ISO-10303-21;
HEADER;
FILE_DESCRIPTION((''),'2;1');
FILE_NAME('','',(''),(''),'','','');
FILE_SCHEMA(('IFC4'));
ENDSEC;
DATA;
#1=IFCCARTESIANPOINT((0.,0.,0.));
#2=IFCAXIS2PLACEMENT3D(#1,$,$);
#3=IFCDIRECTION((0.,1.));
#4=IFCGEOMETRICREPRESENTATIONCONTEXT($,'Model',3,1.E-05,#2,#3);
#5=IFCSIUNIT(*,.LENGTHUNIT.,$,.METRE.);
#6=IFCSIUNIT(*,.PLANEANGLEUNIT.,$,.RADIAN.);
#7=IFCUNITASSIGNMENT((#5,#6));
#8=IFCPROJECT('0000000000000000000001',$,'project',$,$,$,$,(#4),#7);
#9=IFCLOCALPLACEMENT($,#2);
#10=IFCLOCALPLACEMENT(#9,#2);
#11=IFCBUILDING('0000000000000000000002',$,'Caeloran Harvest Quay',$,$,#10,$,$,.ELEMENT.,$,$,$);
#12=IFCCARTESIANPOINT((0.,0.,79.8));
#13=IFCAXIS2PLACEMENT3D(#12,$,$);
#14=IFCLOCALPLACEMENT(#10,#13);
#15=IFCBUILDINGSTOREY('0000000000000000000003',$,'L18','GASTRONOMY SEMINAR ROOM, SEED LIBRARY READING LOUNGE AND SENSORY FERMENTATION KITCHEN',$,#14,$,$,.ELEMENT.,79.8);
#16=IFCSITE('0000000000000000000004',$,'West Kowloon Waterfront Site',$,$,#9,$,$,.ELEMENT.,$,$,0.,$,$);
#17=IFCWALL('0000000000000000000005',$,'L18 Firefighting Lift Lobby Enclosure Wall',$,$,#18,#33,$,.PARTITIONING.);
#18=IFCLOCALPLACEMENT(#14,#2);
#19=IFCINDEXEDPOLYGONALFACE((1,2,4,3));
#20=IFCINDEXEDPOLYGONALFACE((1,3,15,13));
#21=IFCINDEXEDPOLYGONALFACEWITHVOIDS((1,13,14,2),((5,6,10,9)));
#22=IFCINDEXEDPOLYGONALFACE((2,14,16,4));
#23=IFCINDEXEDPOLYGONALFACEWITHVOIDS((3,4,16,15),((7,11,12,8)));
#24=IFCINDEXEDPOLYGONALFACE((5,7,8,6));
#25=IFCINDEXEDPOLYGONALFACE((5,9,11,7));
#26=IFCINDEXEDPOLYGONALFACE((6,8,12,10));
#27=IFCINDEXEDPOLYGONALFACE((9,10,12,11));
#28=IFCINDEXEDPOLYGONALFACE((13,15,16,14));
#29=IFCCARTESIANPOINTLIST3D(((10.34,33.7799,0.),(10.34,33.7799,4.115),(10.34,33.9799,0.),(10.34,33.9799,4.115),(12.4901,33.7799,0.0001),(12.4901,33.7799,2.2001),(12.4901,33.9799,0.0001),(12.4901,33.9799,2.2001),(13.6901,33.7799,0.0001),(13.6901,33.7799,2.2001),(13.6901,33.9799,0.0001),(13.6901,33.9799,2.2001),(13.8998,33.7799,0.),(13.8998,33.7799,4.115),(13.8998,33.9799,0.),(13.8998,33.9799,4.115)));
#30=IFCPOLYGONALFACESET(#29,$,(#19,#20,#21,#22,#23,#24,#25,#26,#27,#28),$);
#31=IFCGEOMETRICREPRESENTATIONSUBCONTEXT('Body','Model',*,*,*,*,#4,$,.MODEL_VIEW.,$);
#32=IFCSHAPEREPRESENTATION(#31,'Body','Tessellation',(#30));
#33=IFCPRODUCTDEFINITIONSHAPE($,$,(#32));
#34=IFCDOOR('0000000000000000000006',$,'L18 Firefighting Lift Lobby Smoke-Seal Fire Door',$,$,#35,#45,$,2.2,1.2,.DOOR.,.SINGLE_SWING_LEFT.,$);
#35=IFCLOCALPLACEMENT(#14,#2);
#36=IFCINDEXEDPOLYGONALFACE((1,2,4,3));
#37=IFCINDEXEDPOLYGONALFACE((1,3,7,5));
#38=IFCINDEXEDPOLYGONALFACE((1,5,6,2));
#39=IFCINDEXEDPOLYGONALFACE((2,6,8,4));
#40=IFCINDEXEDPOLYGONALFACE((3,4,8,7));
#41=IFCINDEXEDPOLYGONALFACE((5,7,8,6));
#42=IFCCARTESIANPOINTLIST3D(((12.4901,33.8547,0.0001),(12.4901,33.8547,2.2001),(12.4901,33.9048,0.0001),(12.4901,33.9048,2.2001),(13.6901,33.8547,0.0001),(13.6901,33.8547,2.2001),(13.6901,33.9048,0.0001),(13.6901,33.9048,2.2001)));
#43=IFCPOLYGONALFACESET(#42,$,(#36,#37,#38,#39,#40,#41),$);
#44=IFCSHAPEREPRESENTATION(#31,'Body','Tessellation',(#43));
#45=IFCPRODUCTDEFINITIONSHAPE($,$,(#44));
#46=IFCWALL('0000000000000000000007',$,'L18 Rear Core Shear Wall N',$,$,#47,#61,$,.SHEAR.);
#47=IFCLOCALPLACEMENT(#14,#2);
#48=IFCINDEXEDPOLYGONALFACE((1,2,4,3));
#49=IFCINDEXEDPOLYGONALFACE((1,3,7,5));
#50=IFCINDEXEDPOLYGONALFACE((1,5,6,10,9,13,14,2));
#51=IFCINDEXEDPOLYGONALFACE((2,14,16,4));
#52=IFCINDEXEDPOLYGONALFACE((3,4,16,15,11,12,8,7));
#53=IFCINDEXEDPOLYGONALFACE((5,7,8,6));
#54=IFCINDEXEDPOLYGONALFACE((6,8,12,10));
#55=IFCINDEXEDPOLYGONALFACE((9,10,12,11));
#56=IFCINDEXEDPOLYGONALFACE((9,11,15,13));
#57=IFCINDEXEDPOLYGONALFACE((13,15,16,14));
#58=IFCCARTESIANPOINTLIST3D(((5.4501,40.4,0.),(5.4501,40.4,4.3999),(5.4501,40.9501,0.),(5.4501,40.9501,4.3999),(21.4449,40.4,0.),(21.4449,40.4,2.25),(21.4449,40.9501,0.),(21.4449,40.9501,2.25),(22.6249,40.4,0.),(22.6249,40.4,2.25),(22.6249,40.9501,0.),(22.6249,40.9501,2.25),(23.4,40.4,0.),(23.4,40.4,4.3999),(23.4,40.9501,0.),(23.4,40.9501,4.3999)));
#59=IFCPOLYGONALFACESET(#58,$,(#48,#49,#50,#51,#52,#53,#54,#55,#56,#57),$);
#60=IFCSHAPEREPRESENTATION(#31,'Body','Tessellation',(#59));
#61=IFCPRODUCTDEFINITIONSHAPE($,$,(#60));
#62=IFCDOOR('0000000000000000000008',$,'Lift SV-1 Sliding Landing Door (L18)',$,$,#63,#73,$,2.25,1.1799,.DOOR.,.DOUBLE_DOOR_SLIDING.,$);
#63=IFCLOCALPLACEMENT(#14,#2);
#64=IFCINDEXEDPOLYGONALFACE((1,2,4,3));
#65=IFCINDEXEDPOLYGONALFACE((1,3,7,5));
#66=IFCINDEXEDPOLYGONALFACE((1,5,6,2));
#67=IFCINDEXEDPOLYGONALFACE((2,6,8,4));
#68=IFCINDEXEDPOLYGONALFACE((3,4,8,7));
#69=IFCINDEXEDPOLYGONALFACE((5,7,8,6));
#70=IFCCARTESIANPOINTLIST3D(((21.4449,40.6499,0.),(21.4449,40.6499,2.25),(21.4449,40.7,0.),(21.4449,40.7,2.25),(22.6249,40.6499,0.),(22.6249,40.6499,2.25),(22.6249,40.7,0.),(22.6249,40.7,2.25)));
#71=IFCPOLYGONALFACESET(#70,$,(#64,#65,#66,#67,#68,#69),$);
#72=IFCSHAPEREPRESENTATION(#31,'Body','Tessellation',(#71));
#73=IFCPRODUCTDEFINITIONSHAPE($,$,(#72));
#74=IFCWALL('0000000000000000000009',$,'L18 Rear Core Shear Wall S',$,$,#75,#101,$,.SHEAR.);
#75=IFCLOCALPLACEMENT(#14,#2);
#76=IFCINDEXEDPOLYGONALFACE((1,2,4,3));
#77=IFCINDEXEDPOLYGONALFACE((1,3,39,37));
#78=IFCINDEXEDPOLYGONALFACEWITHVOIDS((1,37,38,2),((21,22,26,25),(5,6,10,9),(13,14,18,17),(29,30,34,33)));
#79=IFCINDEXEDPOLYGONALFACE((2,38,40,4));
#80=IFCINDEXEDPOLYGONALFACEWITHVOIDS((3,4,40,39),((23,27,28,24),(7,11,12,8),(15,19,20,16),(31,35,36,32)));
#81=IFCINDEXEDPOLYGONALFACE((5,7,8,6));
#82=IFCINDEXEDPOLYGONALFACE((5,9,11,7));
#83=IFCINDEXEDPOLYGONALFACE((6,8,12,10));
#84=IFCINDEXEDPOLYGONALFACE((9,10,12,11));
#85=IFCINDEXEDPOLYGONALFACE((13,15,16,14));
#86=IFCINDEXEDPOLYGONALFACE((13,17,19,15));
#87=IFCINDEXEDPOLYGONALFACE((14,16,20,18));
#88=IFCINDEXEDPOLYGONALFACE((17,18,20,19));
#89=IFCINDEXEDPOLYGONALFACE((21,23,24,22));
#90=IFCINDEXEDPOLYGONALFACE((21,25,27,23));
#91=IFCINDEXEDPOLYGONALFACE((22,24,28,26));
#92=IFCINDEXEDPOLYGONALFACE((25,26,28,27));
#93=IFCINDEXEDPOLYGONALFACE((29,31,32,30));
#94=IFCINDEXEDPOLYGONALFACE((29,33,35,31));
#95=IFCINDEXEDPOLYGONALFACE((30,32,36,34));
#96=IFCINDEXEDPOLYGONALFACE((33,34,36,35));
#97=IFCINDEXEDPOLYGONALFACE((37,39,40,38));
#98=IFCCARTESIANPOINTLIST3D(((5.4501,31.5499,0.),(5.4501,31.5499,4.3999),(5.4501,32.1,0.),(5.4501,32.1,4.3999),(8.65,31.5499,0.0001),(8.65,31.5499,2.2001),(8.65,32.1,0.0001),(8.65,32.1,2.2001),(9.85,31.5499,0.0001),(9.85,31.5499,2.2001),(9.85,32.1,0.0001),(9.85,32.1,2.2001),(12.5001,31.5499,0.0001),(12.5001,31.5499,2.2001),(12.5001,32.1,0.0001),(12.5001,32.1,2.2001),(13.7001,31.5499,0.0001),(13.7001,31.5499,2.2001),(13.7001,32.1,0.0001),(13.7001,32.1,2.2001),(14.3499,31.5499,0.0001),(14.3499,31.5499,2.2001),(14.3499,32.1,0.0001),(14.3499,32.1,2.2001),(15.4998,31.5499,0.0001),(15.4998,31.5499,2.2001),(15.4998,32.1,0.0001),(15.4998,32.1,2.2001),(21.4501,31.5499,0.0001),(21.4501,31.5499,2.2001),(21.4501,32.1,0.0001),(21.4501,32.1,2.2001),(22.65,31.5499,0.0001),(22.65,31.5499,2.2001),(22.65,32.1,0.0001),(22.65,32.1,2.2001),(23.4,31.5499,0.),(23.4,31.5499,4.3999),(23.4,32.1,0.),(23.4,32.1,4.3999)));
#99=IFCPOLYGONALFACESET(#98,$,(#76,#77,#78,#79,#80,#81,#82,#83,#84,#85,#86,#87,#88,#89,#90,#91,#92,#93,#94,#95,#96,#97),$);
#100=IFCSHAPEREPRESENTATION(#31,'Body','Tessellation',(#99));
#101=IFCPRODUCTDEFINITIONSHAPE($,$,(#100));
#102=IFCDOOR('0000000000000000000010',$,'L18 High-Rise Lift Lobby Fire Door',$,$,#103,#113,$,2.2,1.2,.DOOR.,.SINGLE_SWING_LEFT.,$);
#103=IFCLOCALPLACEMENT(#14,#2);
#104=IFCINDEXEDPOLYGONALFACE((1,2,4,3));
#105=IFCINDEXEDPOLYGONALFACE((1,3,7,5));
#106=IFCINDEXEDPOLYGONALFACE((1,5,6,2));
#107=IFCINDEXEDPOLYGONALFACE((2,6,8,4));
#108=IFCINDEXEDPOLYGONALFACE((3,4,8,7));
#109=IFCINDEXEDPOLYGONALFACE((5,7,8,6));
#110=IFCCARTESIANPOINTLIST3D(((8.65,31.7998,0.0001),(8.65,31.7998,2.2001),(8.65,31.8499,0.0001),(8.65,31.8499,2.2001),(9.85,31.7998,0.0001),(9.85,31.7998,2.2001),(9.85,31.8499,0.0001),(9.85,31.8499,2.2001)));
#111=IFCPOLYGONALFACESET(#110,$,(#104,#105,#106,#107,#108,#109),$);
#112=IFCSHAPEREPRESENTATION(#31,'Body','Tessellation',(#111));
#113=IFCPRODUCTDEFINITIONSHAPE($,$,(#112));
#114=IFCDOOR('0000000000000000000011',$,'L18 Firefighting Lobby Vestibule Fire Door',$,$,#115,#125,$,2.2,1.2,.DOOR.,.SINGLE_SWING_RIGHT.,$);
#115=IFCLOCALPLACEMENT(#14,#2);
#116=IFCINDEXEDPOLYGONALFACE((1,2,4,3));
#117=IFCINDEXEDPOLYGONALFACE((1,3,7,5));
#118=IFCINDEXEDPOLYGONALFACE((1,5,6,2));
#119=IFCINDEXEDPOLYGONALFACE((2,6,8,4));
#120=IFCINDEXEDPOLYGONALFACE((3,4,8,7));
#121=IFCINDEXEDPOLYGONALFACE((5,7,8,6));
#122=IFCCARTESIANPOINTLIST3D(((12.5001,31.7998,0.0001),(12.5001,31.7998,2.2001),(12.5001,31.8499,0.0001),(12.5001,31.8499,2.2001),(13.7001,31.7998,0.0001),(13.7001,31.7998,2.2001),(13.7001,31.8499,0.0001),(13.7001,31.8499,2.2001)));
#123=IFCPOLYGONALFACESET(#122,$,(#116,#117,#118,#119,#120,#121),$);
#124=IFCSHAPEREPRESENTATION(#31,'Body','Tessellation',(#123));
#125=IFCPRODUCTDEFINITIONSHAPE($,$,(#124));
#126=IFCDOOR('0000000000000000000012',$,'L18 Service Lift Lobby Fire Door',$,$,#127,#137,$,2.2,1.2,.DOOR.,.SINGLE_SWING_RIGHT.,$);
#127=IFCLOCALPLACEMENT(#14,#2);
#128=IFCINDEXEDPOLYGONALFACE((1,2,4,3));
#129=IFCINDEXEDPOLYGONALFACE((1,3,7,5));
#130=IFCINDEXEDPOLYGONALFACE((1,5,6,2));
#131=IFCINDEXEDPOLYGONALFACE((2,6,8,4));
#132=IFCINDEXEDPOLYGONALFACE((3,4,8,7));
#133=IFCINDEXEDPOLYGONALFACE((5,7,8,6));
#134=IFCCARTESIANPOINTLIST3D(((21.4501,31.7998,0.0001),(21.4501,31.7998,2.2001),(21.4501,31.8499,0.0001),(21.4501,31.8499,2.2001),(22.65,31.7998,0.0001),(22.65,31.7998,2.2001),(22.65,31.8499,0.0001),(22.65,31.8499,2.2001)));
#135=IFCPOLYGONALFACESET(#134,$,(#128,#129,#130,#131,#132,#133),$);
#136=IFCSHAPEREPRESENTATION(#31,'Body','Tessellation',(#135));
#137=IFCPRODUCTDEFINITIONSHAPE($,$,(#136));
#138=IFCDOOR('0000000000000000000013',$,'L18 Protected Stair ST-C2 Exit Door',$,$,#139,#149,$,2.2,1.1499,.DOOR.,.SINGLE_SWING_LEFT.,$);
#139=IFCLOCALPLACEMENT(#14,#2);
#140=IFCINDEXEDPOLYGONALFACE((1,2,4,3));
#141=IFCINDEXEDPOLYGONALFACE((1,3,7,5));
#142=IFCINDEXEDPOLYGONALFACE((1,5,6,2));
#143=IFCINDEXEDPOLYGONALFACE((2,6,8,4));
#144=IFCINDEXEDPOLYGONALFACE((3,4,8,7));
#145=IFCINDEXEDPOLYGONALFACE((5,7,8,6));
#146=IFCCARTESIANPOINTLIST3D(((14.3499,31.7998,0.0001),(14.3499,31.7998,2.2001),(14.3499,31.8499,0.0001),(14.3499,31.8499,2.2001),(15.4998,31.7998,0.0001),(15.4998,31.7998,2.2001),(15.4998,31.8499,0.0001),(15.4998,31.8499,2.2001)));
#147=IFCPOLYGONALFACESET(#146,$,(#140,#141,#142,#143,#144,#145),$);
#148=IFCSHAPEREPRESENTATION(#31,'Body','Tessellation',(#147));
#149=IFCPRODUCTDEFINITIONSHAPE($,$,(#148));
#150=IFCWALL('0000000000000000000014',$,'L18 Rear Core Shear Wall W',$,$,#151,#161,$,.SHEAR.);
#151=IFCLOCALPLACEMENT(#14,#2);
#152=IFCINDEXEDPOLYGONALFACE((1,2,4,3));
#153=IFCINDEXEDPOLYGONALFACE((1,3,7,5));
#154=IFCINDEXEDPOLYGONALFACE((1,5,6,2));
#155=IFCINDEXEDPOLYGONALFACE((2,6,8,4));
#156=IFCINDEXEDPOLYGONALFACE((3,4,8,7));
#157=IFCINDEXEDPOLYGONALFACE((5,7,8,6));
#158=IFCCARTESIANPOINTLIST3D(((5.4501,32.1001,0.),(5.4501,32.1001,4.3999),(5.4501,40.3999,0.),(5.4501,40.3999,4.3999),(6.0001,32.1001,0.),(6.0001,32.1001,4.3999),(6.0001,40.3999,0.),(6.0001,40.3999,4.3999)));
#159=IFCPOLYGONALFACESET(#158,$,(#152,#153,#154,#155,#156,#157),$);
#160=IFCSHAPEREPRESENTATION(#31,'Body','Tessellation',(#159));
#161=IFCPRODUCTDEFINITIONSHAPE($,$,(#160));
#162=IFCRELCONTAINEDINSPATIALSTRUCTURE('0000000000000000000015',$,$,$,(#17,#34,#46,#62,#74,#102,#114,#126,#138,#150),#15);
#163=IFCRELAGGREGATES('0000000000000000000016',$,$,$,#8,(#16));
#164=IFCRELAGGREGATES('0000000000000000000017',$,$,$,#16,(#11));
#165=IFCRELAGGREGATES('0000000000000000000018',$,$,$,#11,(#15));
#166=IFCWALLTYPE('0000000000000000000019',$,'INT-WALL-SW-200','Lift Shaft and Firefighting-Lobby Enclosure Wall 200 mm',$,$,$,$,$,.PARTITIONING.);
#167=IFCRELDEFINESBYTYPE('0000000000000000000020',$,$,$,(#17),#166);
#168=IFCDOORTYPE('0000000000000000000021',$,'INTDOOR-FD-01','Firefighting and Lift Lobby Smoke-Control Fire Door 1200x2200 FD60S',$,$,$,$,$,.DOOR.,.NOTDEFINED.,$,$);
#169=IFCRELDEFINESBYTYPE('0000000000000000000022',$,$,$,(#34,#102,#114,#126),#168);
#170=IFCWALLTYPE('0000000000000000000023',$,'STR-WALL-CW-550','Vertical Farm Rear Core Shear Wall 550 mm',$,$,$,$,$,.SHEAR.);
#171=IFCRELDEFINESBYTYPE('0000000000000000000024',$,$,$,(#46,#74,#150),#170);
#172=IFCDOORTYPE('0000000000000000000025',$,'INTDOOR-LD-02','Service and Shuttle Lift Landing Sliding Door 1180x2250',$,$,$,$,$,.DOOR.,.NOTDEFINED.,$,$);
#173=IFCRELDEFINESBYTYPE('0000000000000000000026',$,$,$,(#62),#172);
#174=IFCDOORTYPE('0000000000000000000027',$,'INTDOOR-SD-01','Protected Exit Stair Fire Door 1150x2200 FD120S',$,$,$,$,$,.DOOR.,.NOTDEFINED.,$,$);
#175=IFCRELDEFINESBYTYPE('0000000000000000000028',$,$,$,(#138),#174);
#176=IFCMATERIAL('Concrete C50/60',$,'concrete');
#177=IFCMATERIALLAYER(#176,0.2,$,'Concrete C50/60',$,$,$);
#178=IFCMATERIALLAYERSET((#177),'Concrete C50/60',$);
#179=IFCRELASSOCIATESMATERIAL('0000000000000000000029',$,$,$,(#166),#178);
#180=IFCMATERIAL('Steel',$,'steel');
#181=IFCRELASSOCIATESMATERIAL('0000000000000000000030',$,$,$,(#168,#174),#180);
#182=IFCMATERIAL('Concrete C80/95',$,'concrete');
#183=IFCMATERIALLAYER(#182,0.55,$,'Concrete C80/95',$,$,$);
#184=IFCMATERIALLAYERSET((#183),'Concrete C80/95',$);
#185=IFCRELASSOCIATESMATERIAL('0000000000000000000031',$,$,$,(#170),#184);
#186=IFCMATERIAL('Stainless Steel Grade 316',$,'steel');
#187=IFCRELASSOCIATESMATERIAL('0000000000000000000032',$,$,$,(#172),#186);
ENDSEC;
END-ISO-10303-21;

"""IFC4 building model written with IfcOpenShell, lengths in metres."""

from ifc_helpers import new_model, si_unit, direction, frame, frame_2d, origin, place, context, subcontext, project, spatial, rectangle, extrude, material, layer, layer_set, type_object, element, fill, save


model = new_model("IFC4")

# Units and contexts
model_context = context("Model", 3, precision=1e-05, world=origin(), true_north=direction((0.0, 1.0)))
body_context = subcontext(model_context, "Body", "Model", "MODEL_VIEW")
ifc_project = project(units=[si_unit("LENGTHUNIT", "METRE"), si_unit("PLANEANGLEUNIT", "RADIAN")], contexts=[model_context])

# Site, building, storey
site_placement = place(None, origin())
site = spatial("IfcSite", under=ifc_project, at=site_placement, Name="West Kowloon Waterfront Site", CompositionType="ELEMENT", RefElevation=0.0)
building_placement = place(site_placement, origin())
building = spatial("IfcBuilding", under=site, at=building_placement, Name="Caeloran Harvest Quay", CompositionType="ELEMENT")
storey_placement = place(building_placement, frame((0.0, 0.0, 79.8)))
storey = spatial("IfcBuildingStorey", under=building, at=storey_placement, Name="L18", Description="GASTRONOMY SEMINAR ROOM, SEED LIBRARY READING LOUNGE AND SENSORY FERMENTATION KITCHEN", CompositionType="ELEMENT", Elevation=79.8)

# Shared definitions
ifc_material_1 = material(Name="Concrete C80/95", Category="concrete")

# Shared definitions
ifc_material_2 = material(Name="Concrete C50/60", Category="concrete")
ifc_layer_1 = layer(ifc_material_2, 0.2, Name="Concrete C50/60")
ifc_layer_set_1 = layer_set([ifc_layer_1], Name="Concrete C50/60")
wall_type_1 = type_object("IfcWallType", Name="INT-WALL-SW-200", Description="Lift Shaft and Firefighting-Lobby Enclosure Wall 200 mm", PredefinedType="PARTITIONING", material=ifc_layer_set_1)

# Shared definitions
ifc_material_3 = material(Name="Stainless Steel Grade 316", Category="steel")

# Walls, openings, doors
wall_1_placement = place(storey_placement, frame((10.3401, 33.8799, 0.0), z_axis=(0.0, 0.0, 1.0), x_axis=(1.0, 0.0, 0.0)))
wall_1 = element("IfcWall", 1, at=wall_1_placement, inside=storey, type_object=wall_type_1, Name="L18 Firefighting Lift Lobby Enclosure Wall", PredefinedType="PARTITIONING", context=body_context, shape_type="SweptSolid", body=[
    extrude(rectangle(XDim=3.5598, YDim=0.2, at=frame_2d((1.7798, 0.0))), origin(), (0.0, 0.0, 1.0), 4.115),
])
opening_1_placement = place(wall_1_placement, frame((2.1499, 0.0, 0.0)))
opening_1 = element("IfcOpeningElement", 2, at=opening_1_placement, cuts=wall_1, PredefinedType="OPENING", context=body_context, shape_type="SweptSolid", body=[
    extrude(rectangle(XDim=1.2, YDim=2.2, at=frame_2d((0.6001, 1.1001))), frame((0.0, 0.1099, 0.0), z_axis=(0.0, -1.0, 0.0), x_axis=(1.0, 0.0, 0.0)), (0.0, 0.0, 1.0), 0.22),
])
ifc_material_4 = material(Name="Steel", Category="steel")
door_type_1 = type_object("IfcDoorType", Name="INTDOOR-FD-01", Description="Firefighting and Lift Lobby Smoke-Control Fire Door 1200x2200 FD60S", OperationType="NOTDEFINED", PredefinedType="DOOR", material=ifc_material_4)
door_1_placement = place(opening_1_placement, origin())
door_1 = element("IfcDoor", 3, at=door_1_placement, inside=storey, type_object=door_type_1, Name="L18 Firefighting Lift Lobby Smoke-Seal Fire Door", OperationType="SINGLE_SWING_LEFT", OverallHeight=2.2, OverallWidth=1.2, PredefinedType="DOOR", context=body_context, shape_type="SweptSolid", body=[
    extrude(rectangle(XDim=1.2, YDim=2.2, at=frame_2d((0.6001, 1.1001))), frame((0.0, 0.0249, 0.0), z_axis=(0.0, -1.0, 0.0), x_axis=(1.0, 0.0, 0.0)), (0.0, 0.0, 1.0), 0.05),
])
fill(opening_1, door_1)
ifc_layer_2 = layer(ifc_material_1, 0.55, Name="Concrete C80/95")
ifc_layer_set_2 = layer_set([ifc_layer_2], Name="Concrete C80/95")
wall_type_2 = type_object("IfcWallType", Name="STR-WALL-CW-550", Description="Vertical Farm Rear Core Shear Wall 550 mm", PredefinedType="SHEAR", material=ifc_layer_set_2)
wall_2_placement = place(storey_placement, frame((5.45, 40.675, 0.0), z_axis=(0.0, 0.0, 1.0), x_axis=(1.0, 0.0, 0.0)))
wall_2 = element("IfcWall", 4, at=wall_2_placement, inside=storey, type_object=wall_type_2, Name="L18 Rear Core Shear Wall N", PredefinedType="SHEAR", context=body_context, shape_type="SweptSolid", body=[
    extrude(rectangle(XDim=17.95, YDim=0.55, at=frame_2d((8.9751, 0.0))), origin(), (0.0, 0.0, 1.0), 4.3999),
])
opening_2_placement = place(wall_2_placement, frame((15.9951, 0.0, 0.0)))
opening_2 = element("IfcOpeningElement", 5, at=opening_2_placement, cuts=wall_2, PredefinedType="OPENING", context=body_context, shape_type="SweptSolid", body=[
    extrude(rectangle(XDim=1.1799, YDim=2.25, at=frame_2d((0.5898, 1.125))), frame((0.0, 0.2852, 0.0), z_axis=(0.0, -1.0, 0.0), x_axis=(1.0, 0.0, 0.0)), (0.0, 0.0, 1.0), 0.5701),
])
door_type_2 = type_object("IfcDoorType", Name="INTDOOR-LD-02", Description="Service and Shuttle Lift Landing Sliding Door 1180x2250", OperationType="NOTDEFINED", PredefinedType="DOOR", material=ifc_material_3)
door_2_placement = place(opening_2_placement, origin())
door_2 = element("IfcDoor", 6, at=door_2_placement, inside=storey, type_object=door_type_2, Name="Lift SV-1 Sliding Landing Door (L18)", OperationType="DOUBLE_DOOR_SLIDING", OverallHeight=2.25, OverallWidth=1.1799, PredefinedType="DOOR", context=body_context, shape_type="SweptSolid", body=[
    extrude(rectangle(XDim=1.1799, YDim=2.25, at=frame_2d((0.5898, 1.125))), frame((0.0, 0.0249, 0.0), z_axis=(0.0, -1.0, 0.0), x_axis=(1.0, 0.0, 0.0)), (0.0, 0.0, 1.0), 0.05),
])
fill(opening_2, door_2)

# Wall, openings, doors
wall_3_placement = place(storey_placement, frame((5.45, 31.825, 0.0), z_axis=(0.0, 0.0, 1.0), x_axis=(1.0, 0.0, 0.0)))
wall_3 = element("IfcWall", 7, at=wall_3_placement, inside=storey, type_object=wall_type_2, Name="L18 Rear Core Shear Wall S", PredefinedType="SHEAR", context=body_context, shape_type="SweptSolid", body=[
    extrude(rectangle(XDim=17.95, YDim=0.55, at=frame_2d((8.9751, 0.0))), origin(), (0.0, 0.0, 1.0), 4.3999),
])
opening_3_placement = place(wall_3_placement, frame((3.2, 0.0, 0.0)))
opening_3 = element("IfcOpeningElement", 8, at=opening_3_placement, cuts=wall_3, PredefinedType="OPENING", context=body_context, shape_type="SweptSolid", body=[
    extrude(rectangle(XDim=1.2, YDim=2.2, at=frame_2d((0.6001, 1.1001))), frame((0.0, 0.2852, 0.0), z_axis=(0.0, -1.0, 0.0), x_axis=(1.0, 0.0, 0.0)), (0.0, 0.0, 1.0), 0.5701),
])
opening_4_placement = place(wall_3_placement, frame((7.05, 0.0, 0.0)))
opening_4 = element("IfcOpeningElement", 9, at=opening_4_placement, cuts=wall_3, PredefinedType="OPENING", context=body_context, shape_type="SweptSolid", body=[
    extrude(rectangle(XDim=1.2, YDim=2.2, at=frame_2d((0.6001, 1.1001))), frame((0.0, 0.2852, 0.0), z_axis=(0.0, -1.0, 0.0), x_axis=(1.0, 0.0, 0.0)), (0.0, 0.0, 1.0), 0.5701),
])
opening_5_placement = place(wall_3_placement, frame((8.8999, 0.0, 0.0)))
opening_5 = element("IfcOpeningElement", 10, at=opening_5_placement, cuts=wall_3, PredefinedType="OPENING", context=body_context, shape_type="SweptSolid", body=[
    extrude(rectangle(XDim=1.1499, YDim=2.2, at=frame_2d((0.575, 1.1001))), frame((0.0, 0.2852, 0.0), z_axis=(0.0, -1.0, 0.0), x_axis=(1.0, 0.0, 0.0)), (0.0, 0.0, 1.0), 0.5701),
])
opening_6_placement = place(wall_3_placement, frame((16.0, 0.0, 0.0)))
opening_6 = element("IfcOpeningElement", 11, at=opening_6_placement, cuts=wall_3, PredefinedType="OPENING", context=body_context, shape_type="SweptSolid", body=[
    extrude(rectangle(XDim=1.2, YDim=2.2, at=frame_2d((0.6001, 1.1001))), frame((0.0, 0.2852, 0.0), z_axis=(0.0, -1.0, 0.0), x_axis=(1.0, 0.0, 0.0)), (0.0, 0.0, 1.0), 0.5701),
])
door_3_placement = place(opening_3_placement, origin())
door_3 = element("IfcDoor", 12, at=door_3_placement, inside=storey, type_object=door_type_1, Name="L18 High-Rise Lift Lobby Fire Door", OperationType="SINGLE_SWING_LEFT", OverallHeight=2.2, OverallWidth=1.2, PredefinedType="DOOR", context=body_context, shape_type="SweptSolid", body=[
    extrude(rectangle(XDim=1.2, YDim=2.2, at=frame_2d((0.6001, 1.1001))), frame((0.0, 0.0249, 0.0), z_axis=(0.0, -1.0, 0.0), x_axis=(1.0, 0.0, 0.0)), (0.0, 0.0, 1.0), 0.05),
])
fill(opening_3, door_3)
door_4_placement = place(opening_4_placement, origin())
door_4 = element("IfcDoor", 13, at=door_4_placement, inside=storey, type_object=door_type_1, Name="L18 Firefighting Lobby Vestibule Fire Door", OperationType="SINGLE_SWING_RIGHT", OverallHeight=2.2, OverallWidth=1.2, PredefinedType="DOOR", context=body_context, shape_type="SweptSolid", body=[
    extrude(rectangle(XDim=1.2, YDim=2.2, at=frame_2d((0.6001, 1.1001))), frame((0.0, 0.0249, 0.0), z_axis=(0.0, -1.0, 0.0), x_axis=(1.0, 0.0, 0.0)), (0.0, 0.0, 1.0), 0.05),
])
fill(opening_4, door_4)
door_5_placement = place(opening_6_placement, origin())
door_5 = element("IfcDoor", 14, at=door_5_placement, inside=storey, type_object=door_type_1, Name="L18 Service Lift Lobby Fire Door", OperationType="SINGLE_SWING_RIGHT", OverallHeight=2.2, OverallWidth=1.2, PredefinedType="DOOR", context=body_context, shape_type="SweptSolid", body=[
    extrude(rectangle(XDim=1.2, YDim=2.2, at=frame_2d((0.6001, 1.1001))), frame((0.0, 0.0249, 0.0), z_axis=(0.0, -1.0, 0.0), x_axis=(1.0, 0.0, 0.0)), (0.0, 0.0, 1.0), 0.05),
])
fill(opening_6, door_5)
door_type_3 = type_object("IfcDoorType", Name="INTDOOR-SD-01", Description="Protected Exit Stair Fire Door 1150x2200 FD120S", OperationType="NOTDEFINED", PredefinedType="DOOR", material=ifc_material_4)
door_6_placement = place(opening_5_placement, origin())
door_6 = element("IfcDoor", 15, at=door_6_placement, inside=storey, type_object=door_type_3, Name="L18 Protected Stair ST-C2 Exit Door", OperationType="SINGLE_SWING_LEFT", OverallHeight=2.2, OverallWidth=1.1499, PredefinedType="DOOR", context=body_context, shape_type="SweptSolid", body=[
    extrude(rectangle(XDim=1.1499, YDim=2.2, at=frame_2d((0.575, 1.1001))), frame((0.0, 0.0249, 0.0), z_axis=(0.0, -1.0, 0.0), x_axis=(1.0, 0.0, 0.0)), (0.0, 0.0, 1.0), 0.05),
])
fill(opening_5, door_6)

# Wall
wall_4_placement = place(storey_placement, frame((5.7251, 32.1001, 0.0), z_axis=(0.0, 0.0, 1.0), x_axis=(0.0, 1.0, 0.0)))
element("IfcWall", 16, at=wall_4_placement, inside=storey, type_object=wall_type_2, Name="L18 Rear Core Shear Wall W", PredefinedType="SHEAR", context=body_context, shape_type="SweptSolid", body=[
    extrude(rectangle(XDim=8.2998, YDim=0.55, at=frame_2d((4.1499, 0.0))), origin(), (0.0, 0.0, 1.0), 4.3999),
])

save(model, "model.ifc")
